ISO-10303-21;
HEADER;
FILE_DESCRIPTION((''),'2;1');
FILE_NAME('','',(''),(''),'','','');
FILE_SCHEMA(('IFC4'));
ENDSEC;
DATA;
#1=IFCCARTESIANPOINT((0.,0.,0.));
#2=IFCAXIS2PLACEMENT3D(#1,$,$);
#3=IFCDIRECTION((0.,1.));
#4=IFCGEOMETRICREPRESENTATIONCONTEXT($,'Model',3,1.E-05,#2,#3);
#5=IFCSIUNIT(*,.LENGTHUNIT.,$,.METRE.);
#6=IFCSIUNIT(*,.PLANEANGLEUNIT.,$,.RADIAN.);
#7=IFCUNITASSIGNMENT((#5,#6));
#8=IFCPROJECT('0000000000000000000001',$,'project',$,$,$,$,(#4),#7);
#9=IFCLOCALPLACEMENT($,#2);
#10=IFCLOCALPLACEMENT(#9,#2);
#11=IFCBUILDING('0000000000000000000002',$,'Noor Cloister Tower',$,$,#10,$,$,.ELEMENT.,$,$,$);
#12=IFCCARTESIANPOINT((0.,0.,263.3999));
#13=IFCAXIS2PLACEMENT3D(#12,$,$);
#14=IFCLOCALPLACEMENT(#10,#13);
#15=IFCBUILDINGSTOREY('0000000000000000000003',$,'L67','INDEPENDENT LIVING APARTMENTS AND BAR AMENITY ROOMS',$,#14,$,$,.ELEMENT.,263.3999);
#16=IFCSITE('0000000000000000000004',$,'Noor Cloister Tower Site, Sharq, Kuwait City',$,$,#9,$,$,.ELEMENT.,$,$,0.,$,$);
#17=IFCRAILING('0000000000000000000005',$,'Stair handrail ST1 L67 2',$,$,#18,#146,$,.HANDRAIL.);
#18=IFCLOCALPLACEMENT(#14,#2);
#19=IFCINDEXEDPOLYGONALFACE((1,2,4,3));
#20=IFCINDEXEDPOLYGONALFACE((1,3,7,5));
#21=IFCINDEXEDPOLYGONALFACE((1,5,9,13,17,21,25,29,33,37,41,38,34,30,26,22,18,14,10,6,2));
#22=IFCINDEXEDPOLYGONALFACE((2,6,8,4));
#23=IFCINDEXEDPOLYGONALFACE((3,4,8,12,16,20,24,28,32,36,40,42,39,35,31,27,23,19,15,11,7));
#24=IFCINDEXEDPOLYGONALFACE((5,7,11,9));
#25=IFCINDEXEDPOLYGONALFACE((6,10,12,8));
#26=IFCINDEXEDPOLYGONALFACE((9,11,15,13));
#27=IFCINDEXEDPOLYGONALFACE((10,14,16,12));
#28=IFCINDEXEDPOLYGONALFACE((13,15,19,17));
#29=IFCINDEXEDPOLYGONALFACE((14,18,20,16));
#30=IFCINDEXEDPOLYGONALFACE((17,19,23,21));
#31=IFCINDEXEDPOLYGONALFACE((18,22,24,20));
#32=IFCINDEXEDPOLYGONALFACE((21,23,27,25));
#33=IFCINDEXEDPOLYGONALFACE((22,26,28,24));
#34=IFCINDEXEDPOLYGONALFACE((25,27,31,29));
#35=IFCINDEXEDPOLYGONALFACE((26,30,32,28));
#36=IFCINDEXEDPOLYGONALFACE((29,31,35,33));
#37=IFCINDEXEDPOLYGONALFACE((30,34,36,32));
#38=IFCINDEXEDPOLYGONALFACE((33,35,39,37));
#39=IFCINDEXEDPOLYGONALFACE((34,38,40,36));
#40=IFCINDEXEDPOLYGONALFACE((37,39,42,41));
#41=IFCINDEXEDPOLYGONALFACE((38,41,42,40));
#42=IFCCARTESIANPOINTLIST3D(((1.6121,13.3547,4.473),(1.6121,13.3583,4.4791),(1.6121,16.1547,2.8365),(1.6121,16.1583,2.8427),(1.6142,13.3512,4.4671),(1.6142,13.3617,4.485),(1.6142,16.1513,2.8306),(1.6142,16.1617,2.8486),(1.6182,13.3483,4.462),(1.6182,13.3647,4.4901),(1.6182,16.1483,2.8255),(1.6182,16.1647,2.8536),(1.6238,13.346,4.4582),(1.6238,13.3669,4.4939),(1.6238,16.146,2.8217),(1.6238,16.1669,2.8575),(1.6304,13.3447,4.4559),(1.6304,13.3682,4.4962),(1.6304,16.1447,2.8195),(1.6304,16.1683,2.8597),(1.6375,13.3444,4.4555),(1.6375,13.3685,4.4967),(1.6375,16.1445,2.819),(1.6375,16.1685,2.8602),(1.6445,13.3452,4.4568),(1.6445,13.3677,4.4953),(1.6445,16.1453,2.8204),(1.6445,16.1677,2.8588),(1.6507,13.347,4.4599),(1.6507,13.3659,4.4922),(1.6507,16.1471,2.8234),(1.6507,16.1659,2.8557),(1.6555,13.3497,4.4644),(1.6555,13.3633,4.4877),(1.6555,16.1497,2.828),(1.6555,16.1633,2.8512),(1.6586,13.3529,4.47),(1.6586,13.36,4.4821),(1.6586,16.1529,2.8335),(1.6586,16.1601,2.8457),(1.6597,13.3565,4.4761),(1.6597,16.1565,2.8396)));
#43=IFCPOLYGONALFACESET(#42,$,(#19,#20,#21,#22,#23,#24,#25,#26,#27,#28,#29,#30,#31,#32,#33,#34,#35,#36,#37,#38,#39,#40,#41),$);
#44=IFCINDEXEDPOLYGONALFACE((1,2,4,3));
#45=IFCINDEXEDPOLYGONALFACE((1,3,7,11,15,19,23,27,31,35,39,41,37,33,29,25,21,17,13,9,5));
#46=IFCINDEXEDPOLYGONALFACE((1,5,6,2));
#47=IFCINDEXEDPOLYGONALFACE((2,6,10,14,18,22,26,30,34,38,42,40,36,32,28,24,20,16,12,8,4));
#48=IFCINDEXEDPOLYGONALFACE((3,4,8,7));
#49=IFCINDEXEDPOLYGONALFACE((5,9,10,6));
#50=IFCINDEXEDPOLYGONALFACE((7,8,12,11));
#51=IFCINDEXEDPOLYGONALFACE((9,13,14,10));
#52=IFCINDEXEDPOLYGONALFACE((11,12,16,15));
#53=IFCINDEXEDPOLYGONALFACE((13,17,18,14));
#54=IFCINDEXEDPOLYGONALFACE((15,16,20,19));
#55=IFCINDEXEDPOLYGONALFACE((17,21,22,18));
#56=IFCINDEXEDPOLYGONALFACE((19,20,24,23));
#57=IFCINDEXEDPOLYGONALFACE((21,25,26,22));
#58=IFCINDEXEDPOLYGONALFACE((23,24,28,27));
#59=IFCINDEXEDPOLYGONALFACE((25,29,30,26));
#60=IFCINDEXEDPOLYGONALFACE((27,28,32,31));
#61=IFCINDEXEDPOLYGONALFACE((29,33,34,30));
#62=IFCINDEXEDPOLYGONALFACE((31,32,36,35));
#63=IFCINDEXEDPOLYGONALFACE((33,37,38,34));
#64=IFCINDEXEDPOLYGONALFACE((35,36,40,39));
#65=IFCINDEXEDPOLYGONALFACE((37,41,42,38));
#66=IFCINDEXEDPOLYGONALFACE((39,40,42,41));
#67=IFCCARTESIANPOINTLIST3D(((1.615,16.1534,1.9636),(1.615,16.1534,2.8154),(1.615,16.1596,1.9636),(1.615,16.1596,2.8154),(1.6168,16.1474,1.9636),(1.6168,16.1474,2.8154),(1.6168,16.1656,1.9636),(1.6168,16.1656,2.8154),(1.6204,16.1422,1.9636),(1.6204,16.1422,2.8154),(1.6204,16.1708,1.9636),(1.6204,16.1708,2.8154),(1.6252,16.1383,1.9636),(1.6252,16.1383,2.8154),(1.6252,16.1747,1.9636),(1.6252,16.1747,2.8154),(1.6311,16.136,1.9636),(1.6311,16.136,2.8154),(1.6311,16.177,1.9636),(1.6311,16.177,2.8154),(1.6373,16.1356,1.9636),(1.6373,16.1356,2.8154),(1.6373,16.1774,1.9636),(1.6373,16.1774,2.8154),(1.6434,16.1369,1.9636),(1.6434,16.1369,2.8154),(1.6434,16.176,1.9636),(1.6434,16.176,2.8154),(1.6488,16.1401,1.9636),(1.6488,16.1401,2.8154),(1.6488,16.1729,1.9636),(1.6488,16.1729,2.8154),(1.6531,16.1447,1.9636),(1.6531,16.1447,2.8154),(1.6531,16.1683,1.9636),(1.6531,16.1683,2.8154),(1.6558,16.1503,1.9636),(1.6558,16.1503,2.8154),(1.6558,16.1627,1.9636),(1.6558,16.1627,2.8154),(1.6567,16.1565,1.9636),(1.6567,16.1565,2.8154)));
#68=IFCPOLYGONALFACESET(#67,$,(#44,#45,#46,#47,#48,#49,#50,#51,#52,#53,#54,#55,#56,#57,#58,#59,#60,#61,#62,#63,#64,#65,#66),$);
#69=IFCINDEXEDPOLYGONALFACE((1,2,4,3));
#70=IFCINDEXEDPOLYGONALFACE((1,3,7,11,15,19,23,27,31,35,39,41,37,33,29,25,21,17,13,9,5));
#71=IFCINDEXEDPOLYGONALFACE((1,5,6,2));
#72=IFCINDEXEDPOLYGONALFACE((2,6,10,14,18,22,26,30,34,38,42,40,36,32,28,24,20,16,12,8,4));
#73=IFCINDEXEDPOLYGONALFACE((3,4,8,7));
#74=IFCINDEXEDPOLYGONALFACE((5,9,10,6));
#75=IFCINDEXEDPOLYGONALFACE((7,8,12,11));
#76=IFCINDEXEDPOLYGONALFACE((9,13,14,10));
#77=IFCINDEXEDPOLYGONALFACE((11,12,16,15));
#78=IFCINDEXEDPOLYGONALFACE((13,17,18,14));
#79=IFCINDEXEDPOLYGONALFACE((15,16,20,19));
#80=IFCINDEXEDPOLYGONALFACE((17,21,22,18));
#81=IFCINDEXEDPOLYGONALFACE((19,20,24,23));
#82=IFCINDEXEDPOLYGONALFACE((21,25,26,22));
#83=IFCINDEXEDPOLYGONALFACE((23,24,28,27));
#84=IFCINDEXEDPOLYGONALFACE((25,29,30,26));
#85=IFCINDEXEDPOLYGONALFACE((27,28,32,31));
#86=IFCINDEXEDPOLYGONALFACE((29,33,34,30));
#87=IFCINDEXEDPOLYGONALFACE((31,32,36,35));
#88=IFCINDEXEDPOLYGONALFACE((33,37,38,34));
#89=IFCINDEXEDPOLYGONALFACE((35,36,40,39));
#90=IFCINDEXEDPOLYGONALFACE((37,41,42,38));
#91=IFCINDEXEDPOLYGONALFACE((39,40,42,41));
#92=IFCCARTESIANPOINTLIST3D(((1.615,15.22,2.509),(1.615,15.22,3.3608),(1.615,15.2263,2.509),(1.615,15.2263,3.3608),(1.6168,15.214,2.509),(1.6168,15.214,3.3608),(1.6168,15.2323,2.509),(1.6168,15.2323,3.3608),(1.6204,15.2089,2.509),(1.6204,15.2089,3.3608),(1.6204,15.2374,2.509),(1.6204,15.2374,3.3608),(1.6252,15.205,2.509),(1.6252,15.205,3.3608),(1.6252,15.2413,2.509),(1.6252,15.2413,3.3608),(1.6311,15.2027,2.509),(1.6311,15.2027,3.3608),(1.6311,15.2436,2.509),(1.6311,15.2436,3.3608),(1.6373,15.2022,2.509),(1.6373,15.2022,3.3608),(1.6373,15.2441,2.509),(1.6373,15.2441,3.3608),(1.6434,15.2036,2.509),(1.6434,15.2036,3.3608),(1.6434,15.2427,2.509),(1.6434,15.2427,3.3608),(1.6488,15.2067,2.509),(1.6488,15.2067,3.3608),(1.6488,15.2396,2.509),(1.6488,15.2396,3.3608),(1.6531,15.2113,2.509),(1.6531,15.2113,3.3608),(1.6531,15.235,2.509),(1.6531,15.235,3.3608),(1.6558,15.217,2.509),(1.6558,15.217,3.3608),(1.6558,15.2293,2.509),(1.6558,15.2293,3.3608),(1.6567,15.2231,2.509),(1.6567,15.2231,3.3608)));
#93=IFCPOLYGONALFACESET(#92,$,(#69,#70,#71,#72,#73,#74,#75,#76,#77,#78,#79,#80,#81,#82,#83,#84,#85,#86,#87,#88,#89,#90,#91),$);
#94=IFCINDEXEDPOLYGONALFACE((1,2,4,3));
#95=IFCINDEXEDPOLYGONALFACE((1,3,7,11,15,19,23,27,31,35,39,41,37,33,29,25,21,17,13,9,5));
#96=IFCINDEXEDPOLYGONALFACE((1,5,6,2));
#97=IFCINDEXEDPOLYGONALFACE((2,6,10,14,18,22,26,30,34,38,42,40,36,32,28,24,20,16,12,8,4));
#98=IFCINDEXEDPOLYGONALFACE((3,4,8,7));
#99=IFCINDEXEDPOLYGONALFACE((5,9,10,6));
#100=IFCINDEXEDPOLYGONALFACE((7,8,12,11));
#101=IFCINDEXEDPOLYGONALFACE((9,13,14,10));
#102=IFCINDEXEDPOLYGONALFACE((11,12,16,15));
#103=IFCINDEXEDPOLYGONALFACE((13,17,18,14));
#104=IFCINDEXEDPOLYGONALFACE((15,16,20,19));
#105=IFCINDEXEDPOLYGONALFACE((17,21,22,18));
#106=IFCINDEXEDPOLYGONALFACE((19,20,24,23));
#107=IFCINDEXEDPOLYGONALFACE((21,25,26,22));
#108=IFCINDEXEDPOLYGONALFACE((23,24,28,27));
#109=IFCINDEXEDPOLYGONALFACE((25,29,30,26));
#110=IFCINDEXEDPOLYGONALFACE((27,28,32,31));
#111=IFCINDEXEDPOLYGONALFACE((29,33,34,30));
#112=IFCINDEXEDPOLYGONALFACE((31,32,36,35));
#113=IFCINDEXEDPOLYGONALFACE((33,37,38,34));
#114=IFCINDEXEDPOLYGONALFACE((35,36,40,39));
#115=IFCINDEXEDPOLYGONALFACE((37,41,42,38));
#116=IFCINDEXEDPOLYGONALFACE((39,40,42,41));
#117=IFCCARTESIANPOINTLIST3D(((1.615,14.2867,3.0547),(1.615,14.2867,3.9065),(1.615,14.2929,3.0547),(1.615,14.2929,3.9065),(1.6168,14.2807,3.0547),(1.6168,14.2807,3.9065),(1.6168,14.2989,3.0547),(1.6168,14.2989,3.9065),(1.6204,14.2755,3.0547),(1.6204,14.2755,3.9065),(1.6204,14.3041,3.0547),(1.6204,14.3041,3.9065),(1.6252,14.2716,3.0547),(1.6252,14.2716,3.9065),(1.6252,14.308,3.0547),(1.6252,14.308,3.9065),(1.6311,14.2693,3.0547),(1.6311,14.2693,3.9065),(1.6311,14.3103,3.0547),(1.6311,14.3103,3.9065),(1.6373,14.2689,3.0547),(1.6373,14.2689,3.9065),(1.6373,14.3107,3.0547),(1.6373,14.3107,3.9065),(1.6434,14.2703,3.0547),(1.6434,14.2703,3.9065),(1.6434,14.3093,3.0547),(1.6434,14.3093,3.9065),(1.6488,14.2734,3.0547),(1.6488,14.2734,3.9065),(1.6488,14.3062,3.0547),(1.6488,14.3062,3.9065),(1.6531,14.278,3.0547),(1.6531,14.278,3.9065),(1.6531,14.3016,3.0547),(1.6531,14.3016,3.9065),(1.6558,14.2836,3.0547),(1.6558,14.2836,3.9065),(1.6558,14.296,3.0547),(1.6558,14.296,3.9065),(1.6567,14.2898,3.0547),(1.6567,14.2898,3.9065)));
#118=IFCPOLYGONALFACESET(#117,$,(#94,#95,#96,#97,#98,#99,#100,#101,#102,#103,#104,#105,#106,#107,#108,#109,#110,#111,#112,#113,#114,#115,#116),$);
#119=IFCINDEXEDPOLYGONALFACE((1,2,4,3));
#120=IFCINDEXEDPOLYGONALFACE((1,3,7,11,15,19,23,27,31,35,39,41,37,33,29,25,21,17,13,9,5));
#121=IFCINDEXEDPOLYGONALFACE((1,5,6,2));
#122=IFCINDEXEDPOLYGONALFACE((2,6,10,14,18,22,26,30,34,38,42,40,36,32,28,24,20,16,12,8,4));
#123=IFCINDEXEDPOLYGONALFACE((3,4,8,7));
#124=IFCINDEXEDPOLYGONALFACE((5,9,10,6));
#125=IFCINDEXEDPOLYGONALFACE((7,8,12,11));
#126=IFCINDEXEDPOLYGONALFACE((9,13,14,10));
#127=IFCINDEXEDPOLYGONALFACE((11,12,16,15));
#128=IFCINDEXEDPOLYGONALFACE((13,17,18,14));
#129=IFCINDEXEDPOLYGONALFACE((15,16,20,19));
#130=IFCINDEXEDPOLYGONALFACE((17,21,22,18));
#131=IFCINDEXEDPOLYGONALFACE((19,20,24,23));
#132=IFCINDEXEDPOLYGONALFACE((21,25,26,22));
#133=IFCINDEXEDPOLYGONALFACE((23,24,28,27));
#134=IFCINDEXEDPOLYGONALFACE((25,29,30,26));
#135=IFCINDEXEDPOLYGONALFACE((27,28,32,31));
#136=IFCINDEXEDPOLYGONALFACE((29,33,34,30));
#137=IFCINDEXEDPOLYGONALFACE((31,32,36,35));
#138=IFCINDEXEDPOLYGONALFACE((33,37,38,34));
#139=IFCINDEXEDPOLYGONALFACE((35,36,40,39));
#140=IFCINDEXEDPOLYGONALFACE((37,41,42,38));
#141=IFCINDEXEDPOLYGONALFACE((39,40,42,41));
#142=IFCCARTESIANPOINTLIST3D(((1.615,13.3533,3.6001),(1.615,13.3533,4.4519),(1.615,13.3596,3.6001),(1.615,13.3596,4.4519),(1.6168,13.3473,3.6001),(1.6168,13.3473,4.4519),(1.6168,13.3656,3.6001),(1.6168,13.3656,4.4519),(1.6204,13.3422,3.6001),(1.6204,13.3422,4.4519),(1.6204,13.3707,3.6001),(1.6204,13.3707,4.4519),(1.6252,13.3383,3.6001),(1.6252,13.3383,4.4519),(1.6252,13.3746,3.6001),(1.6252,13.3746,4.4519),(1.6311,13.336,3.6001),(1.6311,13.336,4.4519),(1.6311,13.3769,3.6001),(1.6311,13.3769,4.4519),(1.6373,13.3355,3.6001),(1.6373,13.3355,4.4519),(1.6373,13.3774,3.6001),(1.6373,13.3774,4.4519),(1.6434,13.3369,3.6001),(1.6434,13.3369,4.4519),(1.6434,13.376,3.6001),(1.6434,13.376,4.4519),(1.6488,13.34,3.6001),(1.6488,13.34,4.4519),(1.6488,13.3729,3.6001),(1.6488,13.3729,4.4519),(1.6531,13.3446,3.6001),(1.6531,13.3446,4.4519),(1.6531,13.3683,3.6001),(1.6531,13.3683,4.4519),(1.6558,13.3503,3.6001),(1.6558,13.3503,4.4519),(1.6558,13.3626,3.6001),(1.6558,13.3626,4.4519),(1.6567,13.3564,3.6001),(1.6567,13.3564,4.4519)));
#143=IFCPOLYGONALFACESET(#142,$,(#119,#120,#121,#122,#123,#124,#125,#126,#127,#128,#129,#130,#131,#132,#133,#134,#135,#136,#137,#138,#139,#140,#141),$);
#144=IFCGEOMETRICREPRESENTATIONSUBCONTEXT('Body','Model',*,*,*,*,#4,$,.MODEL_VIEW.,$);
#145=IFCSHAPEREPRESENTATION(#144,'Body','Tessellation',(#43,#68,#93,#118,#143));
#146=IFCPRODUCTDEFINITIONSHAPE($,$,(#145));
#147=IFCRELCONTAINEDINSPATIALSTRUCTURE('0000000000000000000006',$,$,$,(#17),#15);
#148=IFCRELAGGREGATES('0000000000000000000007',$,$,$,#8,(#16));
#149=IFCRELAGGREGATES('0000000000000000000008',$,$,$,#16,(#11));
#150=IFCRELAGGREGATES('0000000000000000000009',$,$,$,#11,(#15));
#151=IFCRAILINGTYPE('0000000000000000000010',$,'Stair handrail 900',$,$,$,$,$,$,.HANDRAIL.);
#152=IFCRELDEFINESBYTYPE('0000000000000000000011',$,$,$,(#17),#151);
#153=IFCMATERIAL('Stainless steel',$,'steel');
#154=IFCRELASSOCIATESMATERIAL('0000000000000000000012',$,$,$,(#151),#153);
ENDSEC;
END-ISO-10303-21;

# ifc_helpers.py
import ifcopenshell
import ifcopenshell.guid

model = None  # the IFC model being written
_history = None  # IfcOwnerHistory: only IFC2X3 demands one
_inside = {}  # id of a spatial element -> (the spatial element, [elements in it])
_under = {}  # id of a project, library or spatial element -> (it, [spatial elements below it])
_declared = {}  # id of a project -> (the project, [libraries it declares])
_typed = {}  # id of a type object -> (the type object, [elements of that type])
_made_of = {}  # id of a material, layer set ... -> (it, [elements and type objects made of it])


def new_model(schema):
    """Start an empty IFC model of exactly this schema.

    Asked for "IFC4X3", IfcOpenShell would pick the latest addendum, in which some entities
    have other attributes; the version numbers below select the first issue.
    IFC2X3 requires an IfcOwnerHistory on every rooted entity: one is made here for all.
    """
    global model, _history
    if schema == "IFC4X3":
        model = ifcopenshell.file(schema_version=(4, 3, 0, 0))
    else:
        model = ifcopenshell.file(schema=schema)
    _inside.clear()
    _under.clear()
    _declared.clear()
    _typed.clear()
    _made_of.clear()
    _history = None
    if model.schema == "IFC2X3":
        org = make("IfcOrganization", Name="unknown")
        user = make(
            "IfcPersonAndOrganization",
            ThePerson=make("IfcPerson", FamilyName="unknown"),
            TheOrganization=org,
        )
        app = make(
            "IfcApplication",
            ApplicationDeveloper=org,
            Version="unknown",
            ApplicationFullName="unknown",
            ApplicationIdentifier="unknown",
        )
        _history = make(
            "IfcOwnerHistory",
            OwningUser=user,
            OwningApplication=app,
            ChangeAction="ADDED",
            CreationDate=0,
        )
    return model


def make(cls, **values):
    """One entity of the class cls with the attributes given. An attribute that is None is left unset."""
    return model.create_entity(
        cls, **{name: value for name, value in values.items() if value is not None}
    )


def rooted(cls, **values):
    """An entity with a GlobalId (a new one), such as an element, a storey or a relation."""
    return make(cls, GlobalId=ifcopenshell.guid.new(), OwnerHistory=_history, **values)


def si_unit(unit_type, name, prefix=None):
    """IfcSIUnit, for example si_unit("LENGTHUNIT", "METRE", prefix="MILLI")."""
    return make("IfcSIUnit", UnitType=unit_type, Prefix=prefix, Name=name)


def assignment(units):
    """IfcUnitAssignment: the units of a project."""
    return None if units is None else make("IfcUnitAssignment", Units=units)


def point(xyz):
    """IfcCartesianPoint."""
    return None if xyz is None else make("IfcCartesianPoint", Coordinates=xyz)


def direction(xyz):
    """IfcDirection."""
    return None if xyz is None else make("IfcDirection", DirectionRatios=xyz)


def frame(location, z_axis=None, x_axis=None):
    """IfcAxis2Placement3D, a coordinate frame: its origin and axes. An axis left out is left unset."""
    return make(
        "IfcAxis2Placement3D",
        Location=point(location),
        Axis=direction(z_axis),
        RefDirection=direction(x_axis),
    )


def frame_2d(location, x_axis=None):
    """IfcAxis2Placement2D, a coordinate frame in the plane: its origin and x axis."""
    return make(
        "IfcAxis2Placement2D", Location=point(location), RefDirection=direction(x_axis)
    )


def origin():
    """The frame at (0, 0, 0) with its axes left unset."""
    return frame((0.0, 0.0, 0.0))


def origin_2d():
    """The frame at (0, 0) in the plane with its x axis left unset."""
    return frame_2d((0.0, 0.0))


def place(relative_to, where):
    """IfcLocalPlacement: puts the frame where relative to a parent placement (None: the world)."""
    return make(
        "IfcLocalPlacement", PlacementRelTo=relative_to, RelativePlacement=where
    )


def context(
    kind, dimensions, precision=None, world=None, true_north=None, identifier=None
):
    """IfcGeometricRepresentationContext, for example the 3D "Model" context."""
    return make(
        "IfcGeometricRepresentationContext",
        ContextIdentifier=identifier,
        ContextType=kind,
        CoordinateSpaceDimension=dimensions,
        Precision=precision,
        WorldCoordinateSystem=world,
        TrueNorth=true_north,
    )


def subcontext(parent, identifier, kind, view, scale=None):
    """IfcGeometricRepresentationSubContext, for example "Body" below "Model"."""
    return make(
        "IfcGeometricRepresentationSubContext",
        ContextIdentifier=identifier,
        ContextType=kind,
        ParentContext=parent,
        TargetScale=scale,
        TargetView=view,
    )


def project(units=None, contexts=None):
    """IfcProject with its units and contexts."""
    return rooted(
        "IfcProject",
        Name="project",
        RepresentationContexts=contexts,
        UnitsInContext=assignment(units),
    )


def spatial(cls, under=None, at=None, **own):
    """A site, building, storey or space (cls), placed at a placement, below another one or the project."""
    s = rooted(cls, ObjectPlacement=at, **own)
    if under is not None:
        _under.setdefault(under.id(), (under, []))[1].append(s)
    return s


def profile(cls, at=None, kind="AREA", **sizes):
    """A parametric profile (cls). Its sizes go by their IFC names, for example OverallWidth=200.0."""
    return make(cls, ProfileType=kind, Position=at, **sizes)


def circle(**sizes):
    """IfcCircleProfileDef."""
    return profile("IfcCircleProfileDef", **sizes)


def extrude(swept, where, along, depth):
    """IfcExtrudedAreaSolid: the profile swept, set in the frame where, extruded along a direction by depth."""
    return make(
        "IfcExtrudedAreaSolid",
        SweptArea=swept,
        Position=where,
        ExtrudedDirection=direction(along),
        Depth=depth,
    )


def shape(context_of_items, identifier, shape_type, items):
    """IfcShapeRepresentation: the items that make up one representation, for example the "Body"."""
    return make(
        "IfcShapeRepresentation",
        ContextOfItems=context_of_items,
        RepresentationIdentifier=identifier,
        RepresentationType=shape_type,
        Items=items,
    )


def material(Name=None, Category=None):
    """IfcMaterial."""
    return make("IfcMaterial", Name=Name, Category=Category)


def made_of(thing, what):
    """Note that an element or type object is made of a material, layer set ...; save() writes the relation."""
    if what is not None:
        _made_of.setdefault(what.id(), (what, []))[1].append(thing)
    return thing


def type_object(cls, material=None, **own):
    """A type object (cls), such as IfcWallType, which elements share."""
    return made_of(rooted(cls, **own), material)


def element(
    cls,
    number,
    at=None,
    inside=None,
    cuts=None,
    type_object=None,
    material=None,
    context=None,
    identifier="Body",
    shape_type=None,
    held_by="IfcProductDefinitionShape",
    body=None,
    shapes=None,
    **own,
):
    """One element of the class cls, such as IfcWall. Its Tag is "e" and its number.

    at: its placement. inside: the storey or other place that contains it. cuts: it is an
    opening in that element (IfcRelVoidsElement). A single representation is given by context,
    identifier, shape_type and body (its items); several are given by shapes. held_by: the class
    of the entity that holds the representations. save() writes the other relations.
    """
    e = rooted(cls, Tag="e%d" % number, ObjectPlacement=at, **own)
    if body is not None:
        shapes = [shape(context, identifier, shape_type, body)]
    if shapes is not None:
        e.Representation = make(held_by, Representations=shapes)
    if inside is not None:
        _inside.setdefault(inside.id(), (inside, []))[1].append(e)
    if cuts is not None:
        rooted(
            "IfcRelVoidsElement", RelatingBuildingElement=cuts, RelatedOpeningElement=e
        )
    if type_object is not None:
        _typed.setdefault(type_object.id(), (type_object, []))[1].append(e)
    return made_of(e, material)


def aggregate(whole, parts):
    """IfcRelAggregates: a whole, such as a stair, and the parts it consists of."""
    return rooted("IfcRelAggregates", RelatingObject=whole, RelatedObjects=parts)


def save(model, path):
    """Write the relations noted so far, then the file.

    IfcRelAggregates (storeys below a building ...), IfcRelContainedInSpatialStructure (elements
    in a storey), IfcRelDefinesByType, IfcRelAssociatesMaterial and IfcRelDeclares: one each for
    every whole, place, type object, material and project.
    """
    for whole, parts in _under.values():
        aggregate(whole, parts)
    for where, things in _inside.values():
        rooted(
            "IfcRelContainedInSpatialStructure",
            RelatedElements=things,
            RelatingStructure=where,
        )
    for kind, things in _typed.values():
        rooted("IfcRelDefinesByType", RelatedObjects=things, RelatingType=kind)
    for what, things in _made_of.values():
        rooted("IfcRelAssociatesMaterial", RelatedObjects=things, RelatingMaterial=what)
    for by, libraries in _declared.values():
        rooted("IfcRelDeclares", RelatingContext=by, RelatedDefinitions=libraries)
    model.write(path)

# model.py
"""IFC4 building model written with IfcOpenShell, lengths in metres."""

from ifc_helpers import new_model, si_unit, direction, frame, origin, origin_2d, place, context, subcontext, project, spatial, circle, extrude, material, type_object, element, save


model = new_model("IFC4")

# Units and contexts
model_context = context("Model", 3, precision=1e-05, world=origin(), true_north=direction((0.0, 1.0)))
body_context = subcontext(model_context, "Body", "Model", "MODEL_VIEW")
ifc_project = project(units=[si_unit("LENGTHUNIT", "METRE"), si_unit("PLANEANGLEUNIT", "RADIAN")], contexts=[model_context])

# Site, building, storey
site_placement = place(None, origin())
site = spatial("IfcSite", under=ifc_project, at=site_placement, Name="Noor Cloister Tower Site, Sharq, Kuwait City", CompositionType="ELEMENT", RefElevation=0.0)
building_placement = place(site_placement, origin())
building = spatial("IfcBuilding", under=site, at=building_placement, Name="Noor Cloister Tower", CompositionType="ELEMENT")
storey_placement = place(building_placement, frame((0.0, 0.0, 263.3999)))
storey = spatial("IfcBuildingStorey", under=building, at=storey_placement, Name="L67", Description="INDEPENDENT LIVING APARTMENTS AND BAR AMENITY ROOMS", CompositionType="ELEMENT", Elevation=263.3999)

# Railing
ifc_material_1 = material(Name="Stainless steel", Category="steel")
railing_type_1 = type_object("IfcRailingType", Name="Stair handrail 900", PredefinedType="HANDRAIL", material=ifc_material_1)
railing_1_placement = place(storey_placement, frame((1.6357, 16.1565, 1.9636)))
element("IfcRailing", 1, at=railing_1_placement, inside=storey, type_object=railing_type_1, Name="Stair handrail ST1 L67 2", PredefinedType="HANDRAIL", context=body_context, shape_type="SweptSolid", body=[
    extrude(circle(Radius=0.0239, at=origin_2d()), frame((0.0, 0.0, 0.876), z_axis=(0.0, -0.863361, 0.504587), x_axis=(1.0, 0.0, 0.0)), (0.0, 0.0, 1.0), 3.2432),
    extrude(circle(Radius=0.021, at=origin_2d()), origin(), (0.0, 0.0, 1.0), 0.8518),
    extrude(circle(Radius=0.021, at=origin_2d()), frame((0.0, -0.9333, 0.5454)), (0.0, 0.0, 1.0), 0.8518),
    extrude(circle(Radius=0.021, at=origin_2d()), frame((0.0, -1.8667, 1.0911)), (0.0, 0.0, 1.0), 0.8518),
    extrude(circle(Radius=0.021, at=origin_2d()), frame((0.0, -2.8, 1.6365)), (0.0, 0.0, 1.0), 0.8518),
])

save(model, "model.ifc")
